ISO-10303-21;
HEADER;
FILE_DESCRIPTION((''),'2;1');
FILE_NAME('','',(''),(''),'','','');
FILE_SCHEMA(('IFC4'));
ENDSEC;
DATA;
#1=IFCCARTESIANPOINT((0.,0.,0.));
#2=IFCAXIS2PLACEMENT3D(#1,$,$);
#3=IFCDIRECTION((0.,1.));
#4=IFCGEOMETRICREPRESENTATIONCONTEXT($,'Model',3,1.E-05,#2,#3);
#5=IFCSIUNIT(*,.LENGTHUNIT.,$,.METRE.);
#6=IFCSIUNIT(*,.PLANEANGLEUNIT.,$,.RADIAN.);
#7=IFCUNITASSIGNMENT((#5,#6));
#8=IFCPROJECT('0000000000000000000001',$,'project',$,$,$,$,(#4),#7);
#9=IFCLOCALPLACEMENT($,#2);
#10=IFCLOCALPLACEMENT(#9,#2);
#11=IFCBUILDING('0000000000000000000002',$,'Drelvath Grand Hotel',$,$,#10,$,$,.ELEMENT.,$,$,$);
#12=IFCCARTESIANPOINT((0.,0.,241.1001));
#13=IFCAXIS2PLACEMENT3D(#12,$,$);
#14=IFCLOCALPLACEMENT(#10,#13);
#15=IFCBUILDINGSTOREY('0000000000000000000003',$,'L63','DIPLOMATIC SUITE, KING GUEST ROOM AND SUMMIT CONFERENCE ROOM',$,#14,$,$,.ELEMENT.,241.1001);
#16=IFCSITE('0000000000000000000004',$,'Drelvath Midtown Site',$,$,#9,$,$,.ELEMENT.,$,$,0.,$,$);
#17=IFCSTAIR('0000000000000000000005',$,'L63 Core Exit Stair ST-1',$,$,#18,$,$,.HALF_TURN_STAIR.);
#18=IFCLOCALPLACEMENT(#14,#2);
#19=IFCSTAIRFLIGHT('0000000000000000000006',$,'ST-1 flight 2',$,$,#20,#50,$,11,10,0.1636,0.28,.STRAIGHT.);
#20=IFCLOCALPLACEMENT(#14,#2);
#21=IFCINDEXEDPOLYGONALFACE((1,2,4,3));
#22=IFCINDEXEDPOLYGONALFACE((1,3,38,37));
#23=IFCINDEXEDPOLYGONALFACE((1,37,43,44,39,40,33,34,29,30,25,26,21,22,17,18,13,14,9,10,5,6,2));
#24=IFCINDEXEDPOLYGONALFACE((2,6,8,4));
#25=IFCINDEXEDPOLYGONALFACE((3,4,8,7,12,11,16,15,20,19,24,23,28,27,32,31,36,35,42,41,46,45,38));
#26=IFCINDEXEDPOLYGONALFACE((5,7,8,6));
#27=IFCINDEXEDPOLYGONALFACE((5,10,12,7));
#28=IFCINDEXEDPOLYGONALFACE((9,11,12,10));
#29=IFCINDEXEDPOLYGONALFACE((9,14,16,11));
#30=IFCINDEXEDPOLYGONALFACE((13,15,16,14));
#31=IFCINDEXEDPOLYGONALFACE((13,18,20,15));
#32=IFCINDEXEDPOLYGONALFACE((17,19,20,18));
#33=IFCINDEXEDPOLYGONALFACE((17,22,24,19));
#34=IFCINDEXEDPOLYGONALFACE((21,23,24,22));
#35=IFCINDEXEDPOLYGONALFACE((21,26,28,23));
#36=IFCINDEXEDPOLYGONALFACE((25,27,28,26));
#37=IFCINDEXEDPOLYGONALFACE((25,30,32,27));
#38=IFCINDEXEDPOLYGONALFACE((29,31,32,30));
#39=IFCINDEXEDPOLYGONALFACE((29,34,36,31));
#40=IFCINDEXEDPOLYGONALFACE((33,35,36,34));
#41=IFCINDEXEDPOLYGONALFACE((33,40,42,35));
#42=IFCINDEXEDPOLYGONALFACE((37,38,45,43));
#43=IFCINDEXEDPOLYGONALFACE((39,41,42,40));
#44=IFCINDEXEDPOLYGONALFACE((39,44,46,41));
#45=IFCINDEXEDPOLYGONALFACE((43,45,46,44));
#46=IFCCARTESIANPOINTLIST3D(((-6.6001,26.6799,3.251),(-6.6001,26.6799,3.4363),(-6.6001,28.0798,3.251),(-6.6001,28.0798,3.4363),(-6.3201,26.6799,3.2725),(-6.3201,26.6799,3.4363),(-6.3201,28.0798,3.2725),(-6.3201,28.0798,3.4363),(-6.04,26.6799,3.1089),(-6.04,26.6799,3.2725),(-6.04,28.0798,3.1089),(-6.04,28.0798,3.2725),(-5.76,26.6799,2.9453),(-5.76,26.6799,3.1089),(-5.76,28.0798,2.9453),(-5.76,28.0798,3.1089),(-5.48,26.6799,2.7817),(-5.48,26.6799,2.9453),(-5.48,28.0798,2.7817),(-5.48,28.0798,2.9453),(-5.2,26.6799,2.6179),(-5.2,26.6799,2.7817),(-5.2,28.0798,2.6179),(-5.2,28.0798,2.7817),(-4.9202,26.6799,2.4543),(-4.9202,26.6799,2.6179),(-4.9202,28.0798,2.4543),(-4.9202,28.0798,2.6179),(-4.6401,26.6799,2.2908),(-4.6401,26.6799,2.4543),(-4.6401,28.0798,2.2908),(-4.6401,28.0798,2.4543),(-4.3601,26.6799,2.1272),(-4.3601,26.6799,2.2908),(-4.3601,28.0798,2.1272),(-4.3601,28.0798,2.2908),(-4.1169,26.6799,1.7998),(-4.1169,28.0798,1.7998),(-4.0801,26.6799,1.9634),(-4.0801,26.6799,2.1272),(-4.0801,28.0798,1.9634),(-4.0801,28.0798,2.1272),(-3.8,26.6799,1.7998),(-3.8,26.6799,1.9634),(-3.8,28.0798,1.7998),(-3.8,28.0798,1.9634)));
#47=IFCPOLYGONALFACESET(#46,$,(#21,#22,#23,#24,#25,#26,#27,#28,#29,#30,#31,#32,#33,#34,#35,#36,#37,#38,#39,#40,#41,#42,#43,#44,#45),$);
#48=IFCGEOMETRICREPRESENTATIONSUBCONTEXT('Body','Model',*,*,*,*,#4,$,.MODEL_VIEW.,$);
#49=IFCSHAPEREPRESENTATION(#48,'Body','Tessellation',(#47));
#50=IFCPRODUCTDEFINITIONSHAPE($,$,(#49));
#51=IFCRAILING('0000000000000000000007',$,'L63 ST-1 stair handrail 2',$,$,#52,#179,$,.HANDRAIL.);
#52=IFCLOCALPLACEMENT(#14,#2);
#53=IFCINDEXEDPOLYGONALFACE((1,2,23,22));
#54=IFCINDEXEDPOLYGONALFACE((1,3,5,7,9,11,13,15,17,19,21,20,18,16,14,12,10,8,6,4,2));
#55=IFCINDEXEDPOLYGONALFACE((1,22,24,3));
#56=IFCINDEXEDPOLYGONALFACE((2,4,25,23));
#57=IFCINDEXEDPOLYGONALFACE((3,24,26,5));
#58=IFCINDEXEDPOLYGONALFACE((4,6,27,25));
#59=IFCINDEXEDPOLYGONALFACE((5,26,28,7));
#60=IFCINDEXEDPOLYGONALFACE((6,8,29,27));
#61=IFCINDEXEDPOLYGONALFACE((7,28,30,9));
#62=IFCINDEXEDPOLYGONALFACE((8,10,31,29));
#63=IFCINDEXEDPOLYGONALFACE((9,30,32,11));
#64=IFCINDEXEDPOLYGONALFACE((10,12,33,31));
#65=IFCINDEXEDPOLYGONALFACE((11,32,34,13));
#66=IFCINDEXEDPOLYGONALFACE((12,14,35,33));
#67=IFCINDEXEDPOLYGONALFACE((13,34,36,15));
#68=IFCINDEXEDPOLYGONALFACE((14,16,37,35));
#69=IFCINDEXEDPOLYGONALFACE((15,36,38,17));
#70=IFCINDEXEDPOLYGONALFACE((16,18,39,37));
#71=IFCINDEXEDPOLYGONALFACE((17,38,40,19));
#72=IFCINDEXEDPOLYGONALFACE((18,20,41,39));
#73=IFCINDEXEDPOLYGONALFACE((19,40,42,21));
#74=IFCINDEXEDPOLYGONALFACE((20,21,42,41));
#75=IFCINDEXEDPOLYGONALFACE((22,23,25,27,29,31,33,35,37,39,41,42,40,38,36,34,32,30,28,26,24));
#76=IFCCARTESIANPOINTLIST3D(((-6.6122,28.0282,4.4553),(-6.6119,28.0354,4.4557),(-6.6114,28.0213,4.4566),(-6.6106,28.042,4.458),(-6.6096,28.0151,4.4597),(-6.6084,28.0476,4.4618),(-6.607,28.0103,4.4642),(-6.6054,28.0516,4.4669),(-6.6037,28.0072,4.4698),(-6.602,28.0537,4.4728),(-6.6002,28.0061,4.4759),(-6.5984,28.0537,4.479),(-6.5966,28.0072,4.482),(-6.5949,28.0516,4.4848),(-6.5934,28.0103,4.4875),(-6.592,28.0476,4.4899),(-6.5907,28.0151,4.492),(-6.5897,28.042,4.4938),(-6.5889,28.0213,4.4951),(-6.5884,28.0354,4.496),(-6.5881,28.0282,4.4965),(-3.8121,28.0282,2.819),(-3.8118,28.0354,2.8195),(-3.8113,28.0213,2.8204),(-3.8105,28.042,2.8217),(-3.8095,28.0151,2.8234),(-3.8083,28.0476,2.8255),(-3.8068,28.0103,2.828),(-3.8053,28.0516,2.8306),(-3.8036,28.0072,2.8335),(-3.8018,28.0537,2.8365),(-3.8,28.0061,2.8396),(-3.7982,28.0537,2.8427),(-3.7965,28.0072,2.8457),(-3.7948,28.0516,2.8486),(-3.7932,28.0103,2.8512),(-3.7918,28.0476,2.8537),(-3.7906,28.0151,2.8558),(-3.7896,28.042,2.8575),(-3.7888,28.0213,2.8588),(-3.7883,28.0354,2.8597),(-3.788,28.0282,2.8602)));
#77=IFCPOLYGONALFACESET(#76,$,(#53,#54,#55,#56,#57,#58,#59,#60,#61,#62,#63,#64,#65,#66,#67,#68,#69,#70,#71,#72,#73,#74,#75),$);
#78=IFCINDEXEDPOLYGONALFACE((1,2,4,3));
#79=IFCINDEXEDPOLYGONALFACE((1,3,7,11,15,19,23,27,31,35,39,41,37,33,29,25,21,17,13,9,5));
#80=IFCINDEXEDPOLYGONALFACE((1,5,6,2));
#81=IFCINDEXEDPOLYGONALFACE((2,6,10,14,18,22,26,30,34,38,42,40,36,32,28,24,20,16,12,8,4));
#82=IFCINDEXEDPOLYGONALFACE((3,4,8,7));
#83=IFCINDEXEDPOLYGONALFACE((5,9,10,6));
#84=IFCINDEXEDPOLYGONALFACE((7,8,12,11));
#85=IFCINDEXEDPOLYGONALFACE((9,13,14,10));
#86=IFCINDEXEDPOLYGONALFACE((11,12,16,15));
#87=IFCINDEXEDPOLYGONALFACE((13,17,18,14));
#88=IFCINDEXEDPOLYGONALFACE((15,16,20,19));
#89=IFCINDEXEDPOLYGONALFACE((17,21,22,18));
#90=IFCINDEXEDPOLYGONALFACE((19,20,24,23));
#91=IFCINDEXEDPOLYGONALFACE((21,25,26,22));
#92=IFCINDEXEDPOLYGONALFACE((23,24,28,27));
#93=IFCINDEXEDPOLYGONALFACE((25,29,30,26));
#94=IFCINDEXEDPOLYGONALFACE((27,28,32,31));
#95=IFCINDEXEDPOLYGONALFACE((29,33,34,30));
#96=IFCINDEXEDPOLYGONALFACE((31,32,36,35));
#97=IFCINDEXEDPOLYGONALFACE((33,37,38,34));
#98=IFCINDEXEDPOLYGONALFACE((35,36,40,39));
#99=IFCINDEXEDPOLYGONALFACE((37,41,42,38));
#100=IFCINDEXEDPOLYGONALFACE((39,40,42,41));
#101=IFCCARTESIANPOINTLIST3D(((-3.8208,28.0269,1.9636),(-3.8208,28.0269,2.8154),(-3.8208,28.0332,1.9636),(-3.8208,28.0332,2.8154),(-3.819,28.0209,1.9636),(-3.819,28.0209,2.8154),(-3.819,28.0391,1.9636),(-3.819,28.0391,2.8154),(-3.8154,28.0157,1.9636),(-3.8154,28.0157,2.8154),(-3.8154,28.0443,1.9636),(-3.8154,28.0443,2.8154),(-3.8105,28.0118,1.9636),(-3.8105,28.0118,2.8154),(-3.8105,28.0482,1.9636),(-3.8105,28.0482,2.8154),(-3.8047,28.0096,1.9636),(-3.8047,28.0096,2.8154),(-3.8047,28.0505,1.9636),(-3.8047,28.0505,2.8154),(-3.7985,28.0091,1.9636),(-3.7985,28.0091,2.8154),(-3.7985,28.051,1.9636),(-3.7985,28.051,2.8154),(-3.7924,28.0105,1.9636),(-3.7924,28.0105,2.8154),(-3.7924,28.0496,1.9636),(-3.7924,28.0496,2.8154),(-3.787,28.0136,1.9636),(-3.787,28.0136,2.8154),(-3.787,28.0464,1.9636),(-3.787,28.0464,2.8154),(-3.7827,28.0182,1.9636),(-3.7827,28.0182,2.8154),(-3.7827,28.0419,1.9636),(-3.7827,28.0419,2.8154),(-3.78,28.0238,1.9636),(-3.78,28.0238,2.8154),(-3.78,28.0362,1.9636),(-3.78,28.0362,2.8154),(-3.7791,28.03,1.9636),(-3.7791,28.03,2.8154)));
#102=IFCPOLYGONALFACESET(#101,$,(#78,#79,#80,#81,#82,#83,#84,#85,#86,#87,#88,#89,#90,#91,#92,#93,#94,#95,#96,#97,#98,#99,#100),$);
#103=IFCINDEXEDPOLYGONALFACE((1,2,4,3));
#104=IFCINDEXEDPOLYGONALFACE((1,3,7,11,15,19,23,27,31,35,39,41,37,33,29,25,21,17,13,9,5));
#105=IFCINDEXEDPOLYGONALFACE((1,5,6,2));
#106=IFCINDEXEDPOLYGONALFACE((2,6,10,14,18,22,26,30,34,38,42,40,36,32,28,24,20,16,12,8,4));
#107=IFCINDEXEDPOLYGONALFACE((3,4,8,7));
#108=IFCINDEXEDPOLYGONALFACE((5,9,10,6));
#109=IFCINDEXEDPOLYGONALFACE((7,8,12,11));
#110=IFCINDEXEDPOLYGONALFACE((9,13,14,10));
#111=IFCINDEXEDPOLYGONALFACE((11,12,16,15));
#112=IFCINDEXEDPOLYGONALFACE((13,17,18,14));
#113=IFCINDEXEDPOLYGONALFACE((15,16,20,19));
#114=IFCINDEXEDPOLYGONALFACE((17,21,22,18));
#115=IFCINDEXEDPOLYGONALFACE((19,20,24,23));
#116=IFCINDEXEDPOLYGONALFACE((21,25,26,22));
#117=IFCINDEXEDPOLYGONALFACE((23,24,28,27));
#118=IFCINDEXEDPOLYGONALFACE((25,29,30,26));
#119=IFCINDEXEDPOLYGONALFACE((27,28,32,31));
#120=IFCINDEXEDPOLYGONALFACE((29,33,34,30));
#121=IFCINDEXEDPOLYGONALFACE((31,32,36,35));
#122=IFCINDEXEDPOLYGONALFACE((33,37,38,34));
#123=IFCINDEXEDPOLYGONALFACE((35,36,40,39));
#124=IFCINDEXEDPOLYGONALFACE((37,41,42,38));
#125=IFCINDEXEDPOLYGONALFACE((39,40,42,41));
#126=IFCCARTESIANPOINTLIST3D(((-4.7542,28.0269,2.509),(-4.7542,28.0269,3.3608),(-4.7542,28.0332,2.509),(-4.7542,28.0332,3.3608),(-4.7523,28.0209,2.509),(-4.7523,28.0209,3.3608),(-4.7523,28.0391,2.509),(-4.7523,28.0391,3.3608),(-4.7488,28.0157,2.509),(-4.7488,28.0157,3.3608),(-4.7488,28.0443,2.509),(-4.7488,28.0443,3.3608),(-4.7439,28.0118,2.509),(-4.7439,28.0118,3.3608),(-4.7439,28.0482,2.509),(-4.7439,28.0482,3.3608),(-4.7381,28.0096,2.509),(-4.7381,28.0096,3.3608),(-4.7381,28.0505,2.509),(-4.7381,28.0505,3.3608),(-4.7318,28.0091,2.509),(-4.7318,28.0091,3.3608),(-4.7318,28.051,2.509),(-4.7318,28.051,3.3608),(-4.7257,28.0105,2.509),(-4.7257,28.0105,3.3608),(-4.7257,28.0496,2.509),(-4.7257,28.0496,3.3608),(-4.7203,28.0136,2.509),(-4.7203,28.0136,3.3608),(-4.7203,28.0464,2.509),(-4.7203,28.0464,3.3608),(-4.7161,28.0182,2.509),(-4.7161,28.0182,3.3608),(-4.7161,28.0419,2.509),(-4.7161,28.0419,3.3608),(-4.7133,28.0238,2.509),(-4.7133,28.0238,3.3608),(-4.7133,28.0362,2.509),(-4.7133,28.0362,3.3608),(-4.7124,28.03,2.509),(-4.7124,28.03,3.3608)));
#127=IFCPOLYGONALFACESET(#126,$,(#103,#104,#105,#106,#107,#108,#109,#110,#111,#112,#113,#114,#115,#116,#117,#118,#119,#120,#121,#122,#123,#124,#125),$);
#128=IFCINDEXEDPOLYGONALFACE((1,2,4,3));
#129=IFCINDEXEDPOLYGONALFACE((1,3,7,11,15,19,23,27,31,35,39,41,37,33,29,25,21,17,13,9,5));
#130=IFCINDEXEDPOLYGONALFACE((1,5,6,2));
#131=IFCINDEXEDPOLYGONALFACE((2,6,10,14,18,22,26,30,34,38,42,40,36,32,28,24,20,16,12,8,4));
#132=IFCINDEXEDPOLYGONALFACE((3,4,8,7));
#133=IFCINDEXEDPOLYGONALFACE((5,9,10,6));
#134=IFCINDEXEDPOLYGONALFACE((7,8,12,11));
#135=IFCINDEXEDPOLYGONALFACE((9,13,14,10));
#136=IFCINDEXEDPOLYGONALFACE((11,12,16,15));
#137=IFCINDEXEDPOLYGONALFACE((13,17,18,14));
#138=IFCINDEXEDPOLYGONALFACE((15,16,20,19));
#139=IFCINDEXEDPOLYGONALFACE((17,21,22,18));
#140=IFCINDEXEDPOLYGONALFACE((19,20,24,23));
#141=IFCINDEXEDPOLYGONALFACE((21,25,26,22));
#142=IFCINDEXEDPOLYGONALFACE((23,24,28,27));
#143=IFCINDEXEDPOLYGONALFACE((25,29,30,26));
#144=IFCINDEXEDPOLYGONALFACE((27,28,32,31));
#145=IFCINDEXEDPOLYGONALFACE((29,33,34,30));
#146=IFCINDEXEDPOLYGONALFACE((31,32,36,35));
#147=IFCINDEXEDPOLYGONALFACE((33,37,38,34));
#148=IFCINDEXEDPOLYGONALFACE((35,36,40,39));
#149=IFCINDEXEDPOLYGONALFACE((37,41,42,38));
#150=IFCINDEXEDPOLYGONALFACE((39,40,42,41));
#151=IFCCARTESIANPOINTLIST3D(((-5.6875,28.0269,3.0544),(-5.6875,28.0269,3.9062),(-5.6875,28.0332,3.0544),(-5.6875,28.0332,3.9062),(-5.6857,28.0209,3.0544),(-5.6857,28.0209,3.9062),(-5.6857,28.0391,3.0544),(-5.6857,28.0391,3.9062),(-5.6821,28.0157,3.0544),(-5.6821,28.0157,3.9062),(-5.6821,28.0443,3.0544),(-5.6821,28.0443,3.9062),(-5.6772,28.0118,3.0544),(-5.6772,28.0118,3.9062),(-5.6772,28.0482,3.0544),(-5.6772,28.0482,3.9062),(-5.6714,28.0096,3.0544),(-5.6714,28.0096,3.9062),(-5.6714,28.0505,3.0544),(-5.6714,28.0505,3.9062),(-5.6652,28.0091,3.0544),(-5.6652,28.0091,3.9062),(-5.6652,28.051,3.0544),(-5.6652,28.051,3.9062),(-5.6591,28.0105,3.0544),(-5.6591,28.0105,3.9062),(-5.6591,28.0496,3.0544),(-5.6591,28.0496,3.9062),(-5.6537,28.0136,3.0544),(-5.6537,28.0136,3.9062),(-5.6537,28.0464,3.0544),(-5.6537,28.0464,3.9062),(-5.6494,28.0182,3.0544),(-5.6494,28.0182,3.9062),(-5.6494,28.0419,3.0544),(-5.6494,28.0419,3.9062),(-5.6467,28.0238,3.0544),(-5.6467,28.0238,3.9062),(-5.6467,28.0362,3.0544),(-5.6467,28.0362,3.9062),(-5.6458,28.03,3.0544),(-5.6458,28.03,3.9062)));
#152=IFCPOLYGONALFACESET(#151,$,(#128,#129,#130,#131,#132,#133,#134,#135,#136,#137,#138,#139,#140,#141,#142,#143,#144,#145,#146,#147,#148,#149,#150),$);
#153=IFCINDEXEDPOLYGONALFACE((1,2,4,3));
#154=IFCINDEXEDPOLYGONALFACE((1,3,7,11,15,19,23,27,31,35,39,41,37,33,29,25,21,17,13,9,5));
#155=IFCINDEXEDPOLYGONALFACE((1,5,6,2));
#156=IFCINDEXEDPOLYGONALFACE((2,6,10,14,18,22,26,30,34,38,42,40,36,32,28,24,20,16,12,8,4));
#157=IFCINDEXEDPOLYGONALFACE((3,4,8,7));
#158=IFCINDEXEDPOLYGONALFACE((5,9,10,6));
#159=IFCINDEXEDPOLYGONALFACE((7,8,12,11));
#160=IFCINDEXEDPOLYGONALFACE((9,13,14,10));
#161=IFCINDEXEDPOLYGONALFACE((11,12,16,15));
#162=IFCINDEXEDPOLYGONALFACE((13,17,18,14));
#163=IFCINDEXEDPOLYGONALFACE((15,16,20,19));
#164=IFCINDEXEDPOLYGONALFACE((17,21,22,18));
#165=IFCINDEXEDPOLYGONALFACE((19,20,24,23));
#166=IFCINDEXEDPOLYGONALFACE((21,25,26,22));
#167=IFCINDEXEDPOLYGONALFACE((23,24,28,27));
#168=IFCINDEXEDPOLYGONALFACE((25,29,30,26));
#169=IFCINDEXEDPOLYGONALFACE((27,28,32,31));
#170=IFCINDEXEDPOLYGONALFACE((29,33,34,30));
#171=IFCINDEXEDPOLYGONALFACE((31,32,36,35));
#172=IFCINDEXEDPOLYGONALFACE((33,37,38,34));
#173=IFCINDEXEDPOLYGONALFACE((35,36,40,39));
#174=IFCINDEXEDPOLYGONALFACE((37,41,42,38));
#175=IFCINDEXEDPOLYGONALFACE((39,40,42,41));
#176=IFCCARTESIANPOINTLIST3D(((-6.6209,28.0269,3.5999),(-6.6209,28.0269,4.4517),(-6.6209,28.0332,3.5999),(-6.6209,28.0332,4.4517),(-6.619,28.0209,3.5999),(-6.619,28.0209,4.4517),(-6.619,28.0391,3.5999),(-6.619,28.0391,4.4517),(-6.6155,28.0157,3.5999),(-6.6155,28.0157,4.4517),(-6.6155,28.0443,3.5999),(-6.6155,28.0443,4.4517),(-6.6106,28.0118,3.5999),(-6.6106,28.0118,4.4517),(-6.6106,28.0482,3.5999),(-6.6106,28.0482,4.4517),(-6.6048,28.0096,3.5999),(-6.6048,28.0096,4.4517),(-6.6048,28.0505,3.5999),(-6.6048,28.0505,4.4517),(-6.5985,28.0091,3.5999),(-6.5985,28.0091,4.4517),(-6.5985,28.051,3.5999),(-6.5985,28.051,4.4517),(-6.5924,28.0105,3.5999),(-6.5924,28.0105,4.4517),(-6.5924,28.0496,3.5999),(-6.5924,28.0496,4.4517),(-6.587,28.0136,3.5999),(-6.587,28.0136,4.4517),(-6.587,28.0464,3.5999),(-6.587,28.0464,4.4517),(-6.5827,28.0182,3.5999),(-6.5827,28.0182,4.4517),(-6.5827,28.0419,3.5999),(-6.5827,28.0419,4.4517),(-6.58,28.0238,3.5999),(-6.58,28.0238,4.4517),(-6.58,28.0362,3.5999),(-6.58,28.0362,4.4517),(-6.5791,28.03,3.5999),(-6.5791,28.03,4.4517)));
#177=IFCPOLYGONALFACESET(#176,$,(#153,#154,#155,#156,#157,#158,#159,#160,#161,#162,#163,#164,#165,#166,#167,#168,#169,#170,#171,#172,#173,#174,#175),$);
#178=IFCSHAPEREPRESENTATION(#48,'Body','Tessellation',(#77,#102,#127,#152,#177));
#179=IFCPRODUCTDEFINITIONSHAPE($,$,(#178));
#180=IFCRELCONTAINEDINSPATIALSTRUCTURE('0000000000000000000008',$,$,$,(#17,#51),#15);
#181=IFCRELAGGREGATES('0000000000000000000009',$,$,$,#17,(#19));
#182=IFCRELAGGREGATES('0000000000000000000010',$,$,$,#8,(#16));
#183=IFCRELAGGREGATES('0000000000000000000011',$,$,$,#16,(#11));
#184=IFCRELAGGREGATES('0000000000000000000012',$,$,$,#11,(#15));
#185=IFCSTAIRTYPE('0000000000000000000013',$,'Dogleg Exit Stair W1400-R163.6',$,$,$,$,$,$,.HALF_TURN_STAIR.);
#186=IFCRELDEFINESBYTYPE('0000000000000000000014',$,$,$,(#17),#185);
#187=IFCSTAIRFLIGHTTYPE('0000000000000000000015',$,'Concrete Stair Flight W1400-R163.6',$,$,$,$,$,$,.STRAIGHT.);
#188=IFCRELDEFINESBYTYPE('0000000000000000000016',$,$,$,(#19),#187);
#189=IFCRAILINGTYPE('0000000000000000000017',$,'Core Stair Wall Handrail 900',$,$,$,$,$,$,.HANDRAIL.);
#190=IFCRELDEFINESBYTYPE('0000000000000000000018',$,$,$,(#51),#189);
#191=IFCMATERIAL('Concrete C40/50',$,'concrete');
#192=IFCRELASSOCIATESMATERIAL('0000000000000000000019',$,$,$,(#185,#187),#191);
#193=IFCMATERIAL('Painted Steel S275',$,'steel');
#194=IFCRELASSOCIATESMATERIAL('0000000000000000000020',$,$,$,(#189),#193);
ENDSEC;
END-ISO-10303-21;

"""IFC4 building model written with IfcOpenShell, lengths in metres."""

from ifc_helpers import new_model, si_unit, direction, frame, origin, origin_2d, place, context, subcontext, project, spatial, polyline, circle, outline, extrude, material, type_object, element, aggregate, save


model = new_model("IFC4")

# Units and contexts
model_context = context("Model", 3, precision=1e-05, world=origin(), true_north=direction((0.0, 1.0)))
body_context = subcontext(model_context, "Body", "Model", "MODEL_VIEW")
ifc_project = project(units=[si_unit("LENGTHUNIT", "METRE"), si_unit("PLANEANGLEUNIT", "RADIAN")], contexts=[model_context])

# Site, building, storey
site_placement = place(None, origin())
site = spatial("IfcSite", under=ifc_project, at=site_placement, Name="Drelvath Midtown Site", CompositionType="ELEMENT", RefElevation=0.0)
building_placement = place(site_placement, origin())
building = spatial("IfcBuilding", under=site, at=building_placement, Name="Drelvath Grand Hotel", CompositionType="ELEMENT")
storey_placement = place(building_placement, frame((0.0, 0.0, 241.1001)))
storey = spatial("IfcBuildingStorey", under=building, at=storey_placement, Name="L63", Description="DIPLOMATIC SUITE, KING GUEST ROOM AND SUMMIT CONFERENCE ROOM", CompositionType="ELEMENT", Elevation=241.1001)

# Shared definitions
ifc_material_1 = material(Name="Painted Steel S275", Category="steel")

# Shared definitions
ifc_material_2 = material(Name="Concrete C40/50", Category="concrete")

# Stair, stair flight
stair_type = type_object("IfcStairType", Name="Dogleg Exit Stair W1400-R163.6", PredefinedType="HALF_TURN_STAIR", material=ifc_material_2)
stair_placement = place(storey_placement, origin())
stair = element("IfcStair", 1, at=stair_placement, inside=storey, type_object=stair_type, Name="L63 Core Exit Stair ST-1", PredefinedType="HALF_TURN_STAIR")
stair_flight_type = type_object("IfcStairFlightType", Name="Concrete Stair Flight W1400-R163.6", PredefinedType="STRAIGHT", material=ifc_material_2)
stair_flight_placement = place(storey_placement, frame((-3.8, 27.3799, 1.7998), z_axis=(0.0, 0.0, 1.0), x_axis=(-1.0, 0.0, 0.0)))
stair_flight = element("IfcStairFlight", 2, at=stair_flight_placement, type_object=stair_flight_type, Name="ST-1 flight 2", NumberOfRisers=11, NumberOfTreads=10, PredefinedType="STRAIGHT", RiserHeight=0.1636, TreadLength=0.28, context=body_context, shape_type="SweptSolid", body=[
    extrude(outline(polyline([(0.0, 0.0), (0.0, 0.1636), (0.28, 0.1636), (0.28, 0.3274), (0.5601, 0.3274), (0.5601, 0.491), (0.8401, 0.491), (0.8401, 0.6545), (1.1201, 0.6545), (1.1201, 0.8181), (1.3999, 0.8181), (1.3999, 0.9819), (1.6799, 0.9819), (1.6799, 1.1455), (1.96, 1.1455), (1.96, 1.3091), (2.24, 1.3091), (2.24, 1.4727), (2.52, 1.4727), (2.52, 1.6365), (2.8, 1.6365), (2.8, 1.8), (2.8, 1.4512), (0.3169, 0.0), (0.0, 0.0)])), frame((0.0, 0.7, 0.0), z_axis=(0.0, -1.0, 0.0), x_axis=(1.0, 0.0, 0.0)), (0.0, 0.0, 1.0), 1.3999),
])
aggregate(stair, [stair_flight])

# Railing
railing_type = type_object("IfcRailingType", Name="Core Stair Wall Handrail 900", PredefinedType="HANDRAIL", material=ifc_material_1)
railing_placement = place(storey_placement, frame((-3.8, 28.03, 1.9636)))
element("IfcRailing", 3, at=railing_placement, inside=storey, type_object=railing_type, Name="L63 ST-1 stair handrail 2", PredefinedType="HANDRAIL", context=body_context, shape_type="SweptSolid", body=[
    extrude(circle(Radius=0.0239, at=origin_2d()), frame((0.0, 0.0, 0.876), z_axis=(-0.863394, 0.0, 0.504531), x_axis=(0.0, -1.0, 0.0)), (0.0, 0.0, 1.0), 3.2432),
    extrude(circle(Radius=0.021, at=origin_2d()), origin(), (0.0, 0.0, 1.0), 0.8518),
    extrude(circle(Radius=0.021, at=origin_2d()), frame((-0.9333, 0.0, 0.5454)), (0.0, 0.0, 1.0), 0.8518),
    extrude(circle(Radius=0.021, at=origin_2d()), frame((-1.8667, 0.0, 1.0908)), (0.0, 0.0, 1.0), 0.8518),
    extrude(circle(Radius=0.021, at=origin_2d()), frame((-2.8, 0.0, 1.6362)), (0.0, 0.0, 1.0), 0.8518),
])

save(model, "model.ifc")
